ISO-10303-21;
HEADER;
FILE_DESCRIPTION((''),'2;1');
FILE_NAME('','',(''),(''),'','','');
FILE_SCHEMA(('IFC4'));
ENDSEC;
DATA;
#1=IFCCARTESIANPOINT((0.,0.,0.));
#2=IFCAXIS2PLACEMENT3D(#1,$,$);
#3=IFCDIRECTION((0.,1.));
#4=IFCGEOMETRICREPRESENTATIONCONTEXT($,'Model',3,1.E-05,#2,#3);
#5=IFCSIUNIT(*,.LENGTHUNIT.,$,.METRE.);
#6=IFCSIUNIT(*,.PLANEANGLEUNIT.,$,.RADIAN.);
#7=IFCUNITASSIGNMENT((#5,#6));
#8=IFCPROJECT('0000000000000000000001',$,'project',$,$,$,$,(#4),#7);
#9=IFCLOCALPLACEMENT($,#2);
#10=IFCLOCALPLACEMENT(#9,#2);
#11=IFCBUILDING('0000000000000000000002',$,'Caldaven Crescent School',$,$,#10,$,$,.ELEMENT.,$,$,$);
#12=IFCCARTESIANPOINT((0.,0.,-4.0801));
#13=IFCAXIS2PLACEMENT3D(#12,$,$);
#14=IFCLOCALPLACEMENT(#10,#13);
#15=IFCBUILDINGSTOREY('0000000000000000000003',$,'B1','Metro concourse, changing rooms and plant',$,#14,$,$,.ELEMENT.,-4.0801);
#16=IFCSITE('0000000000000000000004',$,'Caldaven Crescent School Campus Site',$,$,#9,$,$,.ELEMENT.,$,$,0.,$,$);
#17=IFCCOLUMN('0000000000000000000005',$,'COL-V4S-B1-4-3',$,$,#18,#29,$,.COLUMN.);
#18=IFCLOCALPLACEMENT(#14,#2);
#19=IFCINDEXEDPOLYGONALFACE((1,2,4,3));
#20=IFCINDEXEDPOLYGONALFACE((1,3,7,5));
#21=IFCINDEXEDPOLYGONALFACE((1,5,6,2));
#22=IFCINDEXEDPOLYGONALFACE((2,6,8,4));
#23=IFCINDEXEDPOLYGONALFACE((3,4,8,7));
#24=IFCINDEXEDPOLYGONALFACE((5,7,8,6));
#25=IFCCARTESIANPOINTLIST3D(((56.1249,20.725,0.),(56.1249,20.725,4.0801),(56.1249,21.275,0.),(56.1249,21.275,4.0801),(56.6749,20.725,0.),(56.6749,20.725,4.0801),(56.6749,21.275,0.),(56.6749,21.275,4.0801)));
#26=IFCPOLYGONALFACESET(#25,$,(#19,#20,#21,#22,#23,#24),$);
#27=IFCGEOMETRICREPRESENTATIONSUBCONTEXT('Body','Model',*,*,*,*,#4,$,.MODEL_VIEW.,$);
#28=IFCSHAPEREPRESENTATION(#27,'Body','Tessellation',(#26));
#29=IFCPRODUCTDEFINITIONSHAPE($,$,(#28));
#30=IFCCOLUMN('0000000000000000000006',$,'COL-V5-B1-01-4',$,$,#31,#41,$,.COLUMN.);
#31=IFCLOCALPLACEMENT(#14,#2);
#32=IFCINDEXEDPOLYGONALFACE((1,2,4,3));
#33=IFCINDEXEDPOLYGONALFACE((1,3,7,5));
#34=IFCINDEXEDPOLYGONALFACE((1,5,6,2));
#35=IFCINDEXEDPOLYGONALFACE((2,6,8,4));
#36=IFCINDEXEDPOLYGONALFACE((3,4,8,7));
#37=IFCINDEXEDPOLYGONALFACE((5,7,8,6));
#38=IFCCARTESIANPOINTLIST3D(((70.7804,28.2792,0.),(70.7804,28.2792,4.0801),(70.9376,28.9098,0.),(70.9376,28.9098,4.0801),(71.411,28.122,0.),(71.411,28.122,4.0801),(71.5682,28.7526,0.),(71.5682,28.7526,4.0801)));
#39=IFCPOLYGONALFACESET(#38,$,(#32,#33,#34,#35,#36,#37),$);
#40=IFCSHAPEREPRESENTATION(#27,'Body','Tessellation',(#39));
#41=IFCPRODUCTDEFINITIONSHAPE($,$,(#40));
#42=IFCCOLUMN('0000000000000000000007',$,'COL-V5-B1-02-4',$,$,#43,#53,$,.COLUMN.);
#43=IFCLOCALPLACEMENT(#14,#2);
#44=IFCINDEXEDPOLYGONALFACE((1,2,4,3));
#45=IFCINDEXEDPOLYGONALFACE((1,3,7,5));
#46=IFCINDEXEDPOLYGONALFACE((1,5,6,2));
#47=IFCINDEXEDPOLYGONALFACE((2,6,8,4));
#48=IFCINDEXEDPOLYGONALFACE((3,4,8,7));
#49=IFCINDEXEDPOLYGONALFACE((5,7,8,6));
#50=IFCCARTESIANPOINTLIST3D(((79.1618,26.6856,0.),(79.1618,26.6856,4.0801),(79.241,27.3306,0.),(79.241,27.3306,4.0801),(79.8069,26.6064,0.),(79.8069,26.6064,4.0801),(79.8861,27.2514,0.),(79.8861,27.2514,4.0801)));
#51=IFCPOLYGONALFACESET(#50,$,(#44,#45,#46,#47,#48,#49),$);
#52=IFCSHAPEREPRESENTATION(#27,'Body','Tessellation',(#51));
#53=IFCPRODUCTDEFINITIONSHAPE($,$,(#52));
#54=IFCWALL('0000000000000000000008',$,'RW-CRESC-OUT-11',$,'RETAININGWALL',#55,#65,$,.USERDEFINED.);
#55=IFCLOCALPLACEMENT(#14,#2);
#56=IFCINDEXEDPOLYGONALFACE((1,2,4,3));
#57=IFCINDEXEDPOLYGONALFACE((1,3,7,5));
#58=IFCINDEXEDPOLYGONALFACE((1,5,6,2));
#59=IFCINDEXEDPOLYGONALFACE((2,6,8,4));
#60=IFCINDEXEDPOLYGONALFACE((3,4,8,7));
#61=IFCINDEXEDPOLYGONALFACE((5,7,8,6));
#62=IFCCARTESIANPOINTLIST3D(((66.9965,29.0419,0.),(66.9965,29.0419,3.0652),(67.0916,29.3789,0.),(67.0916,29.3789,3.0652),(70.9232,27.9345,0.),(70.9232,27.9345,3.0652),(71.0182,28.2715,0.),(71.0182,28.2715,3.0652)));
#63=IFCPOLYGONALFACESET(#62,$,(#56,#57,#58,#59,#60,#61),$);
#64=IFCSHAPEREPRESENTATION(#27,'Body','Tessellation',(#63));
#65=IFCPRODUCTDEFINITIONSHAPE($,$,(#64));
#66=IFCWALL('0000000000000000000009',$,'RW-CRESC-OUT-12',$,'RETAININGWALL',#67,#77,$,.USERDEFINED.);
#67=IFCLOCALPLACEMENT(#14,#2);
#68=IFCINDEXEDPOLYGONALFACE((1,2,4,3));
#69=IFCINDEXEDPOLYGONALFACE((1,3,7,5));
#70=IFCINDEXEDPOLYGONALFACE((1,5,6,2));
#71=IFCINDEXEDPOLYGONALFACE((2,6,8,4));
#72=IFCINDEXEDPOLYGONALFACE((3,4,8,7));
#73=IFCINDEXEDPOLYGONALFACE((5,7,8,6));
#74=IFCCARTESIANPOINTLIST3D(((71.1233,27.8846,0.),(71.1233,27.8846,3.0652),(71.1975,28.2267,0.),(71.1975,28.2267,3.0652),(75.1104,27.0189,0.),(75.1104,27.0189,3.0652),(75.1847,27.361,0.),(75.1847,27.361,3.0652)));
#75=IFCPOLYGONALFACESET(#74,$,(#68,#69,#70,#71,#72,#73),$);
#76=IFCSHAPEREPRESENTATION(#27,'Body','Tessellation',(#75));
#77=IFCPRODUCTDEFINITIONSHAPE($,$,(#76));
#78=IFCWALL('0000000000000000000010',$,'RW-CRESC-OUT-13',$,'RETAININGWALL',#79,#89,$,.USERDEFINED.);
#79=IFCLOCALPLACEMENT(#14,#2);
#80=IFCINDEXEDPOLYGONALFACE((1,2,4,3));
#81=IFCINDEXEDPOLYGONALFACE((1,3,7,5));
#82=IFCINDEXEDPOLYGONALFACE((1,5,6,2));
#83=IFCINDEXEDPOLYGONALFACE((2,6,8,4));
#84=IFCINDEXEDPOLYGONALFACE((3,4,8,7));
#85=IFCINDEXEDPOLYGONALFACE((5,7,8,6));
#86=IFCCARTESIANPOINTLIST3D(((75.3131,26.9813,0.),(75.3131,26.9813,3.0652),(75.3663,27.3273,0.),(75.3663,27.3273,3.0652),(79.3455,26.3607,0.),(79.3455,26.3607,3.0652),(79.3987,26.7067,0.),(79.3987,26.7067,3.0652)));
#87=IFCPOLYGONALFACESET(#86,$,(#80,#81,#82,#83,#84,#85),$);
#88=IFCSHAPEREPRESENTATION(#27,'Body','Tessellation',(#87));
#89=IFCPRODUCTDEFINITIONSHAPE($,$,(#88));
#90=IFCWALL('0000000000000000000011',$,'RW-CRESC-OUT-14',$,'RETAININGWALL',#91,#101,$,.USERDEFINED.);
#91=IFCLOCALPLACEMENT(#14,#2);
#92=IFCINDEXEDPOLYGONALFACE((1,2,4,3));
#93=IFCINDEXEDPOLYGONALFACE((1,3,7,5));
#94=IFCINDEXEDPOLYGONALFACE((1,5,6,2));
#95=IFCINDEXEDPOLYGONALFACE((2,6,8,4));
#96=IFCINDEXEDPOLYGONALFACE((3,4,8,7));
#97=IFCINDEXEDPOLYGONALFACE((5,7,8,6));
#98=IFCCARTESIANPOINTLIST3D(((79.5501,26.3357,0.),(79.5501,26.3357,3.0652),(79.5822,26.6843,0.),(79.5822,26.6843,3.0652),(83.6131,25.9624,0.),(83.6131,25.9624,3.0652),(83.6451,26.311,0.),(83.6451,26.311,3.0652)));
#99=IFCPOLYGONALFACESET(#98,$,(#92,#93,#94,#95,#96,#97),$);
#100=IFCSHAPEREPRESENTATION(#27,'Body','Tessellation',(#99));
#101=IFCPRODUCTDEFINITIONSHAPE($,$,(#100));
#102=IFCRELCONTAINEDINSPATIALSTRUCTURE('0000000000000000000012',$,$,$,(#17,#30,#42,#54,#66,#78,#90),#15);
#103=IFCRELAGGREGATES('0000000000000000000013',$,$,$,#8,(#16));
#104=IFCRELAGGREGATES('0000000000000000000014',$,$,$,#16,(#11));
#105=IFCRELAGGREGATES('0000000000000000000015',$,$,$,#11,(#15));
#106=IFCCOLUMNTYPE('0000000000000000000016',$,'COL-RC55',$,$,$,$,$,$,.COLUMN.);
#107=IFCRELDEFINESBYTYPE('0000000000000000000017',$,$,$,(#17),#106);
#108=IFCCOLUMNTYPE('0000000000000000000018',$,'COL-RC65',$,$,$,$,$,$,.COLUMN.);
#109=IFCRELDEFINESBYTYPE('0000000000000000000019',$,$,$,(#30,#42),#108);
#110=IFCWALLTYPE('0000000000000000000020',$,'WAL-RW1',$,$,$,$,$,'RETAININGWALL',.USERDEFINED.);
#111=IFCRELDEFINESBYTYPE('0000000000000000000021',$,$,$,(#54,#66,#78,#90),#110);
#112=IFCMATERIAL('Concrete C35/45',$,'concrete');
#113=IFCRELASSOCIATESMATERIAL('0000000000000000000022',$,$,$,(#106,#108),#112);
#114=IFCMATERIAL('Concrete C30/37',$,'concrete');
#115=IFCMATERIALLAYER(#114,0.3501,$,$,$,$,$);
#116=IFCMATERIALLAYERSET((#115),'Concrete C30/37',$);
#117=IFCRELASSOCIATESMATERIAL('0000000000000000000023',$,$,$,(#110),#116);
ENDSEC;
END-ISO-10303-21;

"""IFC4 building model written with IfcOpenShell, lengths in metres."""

from ifc_helpers import new_model, si_unit, direction, frame, frame_2d, origin, origin_2d, place, context, subcontext, project, spatial, rectangle, extrude, material, layer, layer_set, material_profile, profile_set, type_object, element, save


model = new_model("IFC4")

# Units and contexts
model_context = context("Model", 3, precision=1e-05, world=origin(), true_north=direction((0.0, 1.0)))
body_context = subcontext(model_context, "Body", "Model", "MODEL_VIEW")
ifc_project = project(units=[si_unit("LENGTHUNIT", "METRE"), si_unit("PLANEANGLEUNIT", "RADIAN")], contexts=[model_context])

# Site, building, storey
site_placement = place(None, origin())
site = spatial("IfcSite", under=ifc_project, at=site_placement, Name="Caldaven Crescent School Campus Site", CompositionType="ELEMENT", RefElevation=0.0)
building_placement = place(site_placement, origin())
building = spatial("IfcBuilding", under=site, at=building_placement, Name="Caldaven Crescent School", CompositionType="ELEMENT")
storey_placement = place(building_placement, frame((0.0, 0.0, -4.0801)))
storey = spatial("IfcBuildingStorey", under=building, at=storey_placement, Name="B1", Description="Metro concourse, changing rooms and plant", CompositionType="ELEMENT", Elevation=-4.0801)

# Shared definitions
ifc_material_1 = material(Name="Concrete C30/37", Category="concrete")
ifc_material_2 = material(Name="Concrete C35/45", Category="concrete")

# Columns
ifc_material_profile_1 = material_profile(ifc_material_2, rectangle(XDim=0.55, YDim=0.55, at=origin_2d()), Name="RC 550x550")
ifc_profile_set_1 = profile_set([ifc_material_profile_1], Name="Concrete C35/45")
column_type_1 = type_object("IfcColumnType", Name="COL-RC55", PredefinedType="COLUMN", material=ifc_profile_set_1)
for number, where, z_axis, x_axis, name in (
    (1, (56.3999, 21.0, 0.0), (0.0, 0.0, 1.0), (1.0, 0.0, 0.0), "COL-V4S-B1-4-3"),
):
    element("IfcColumn", number, at=place(storey_placement, frame(where, z_axis=z_axis, x_axis=x_axis)), inside=storey, type_object=column_type_1, Name=name, PredefinedType="COLUMN", context=body_context, shape_type="SweptSolid", body=[
        extrude(rectangle(XDim=0.55, YDim=0.55, at=origin_2d()), origin(), (0.0, 0.0, 1.0), 4.0801),
    ])
ifc_material_profile_2 = material_profile(ifc_material_2, rectangle(XDim=0.6499, YDim=0.6499, at=origin_2d()), Name="RC 650x650")
ifc_profile_set_2 = profile_set([ifc_material_profile_2], Name="Concrete C35/45")
column_type_2 = type_object("IfcColumnType", Name="COL-RC65", PredefinedType="COLUMN", material=ifc_profile_set_2)
for number, where, z_axis, x_axis, name in (
    (2, (71.1743, 28.5159, 0.0), (0.0, 0.0, 1.0), (-0.241922, -0.970296, 0.0), "COL-V5-B1-01-4"),
    (3, (79.5239, 26.9685, 0.0), (0.0, 0.0, 1.0), (-0.121869, -0.992546, 0.0), "COL-V5-B1-02-4"),
):
    element("IfcColumn", number, at=place(storey_placement, frame(where, z_axis=z_axis, x_axis=x_axis)), inside=storey, type_object=column_type_2, Name=name, PredefinedType="COLUMN", context=body_context, shape_type="SweptSolid", body=[
        extrude(rectangle(XDim=0.6499, YDim=0.6499, at=origin_2d()), origin(), (0.0, 0.0, 1.0), 4.0801),
    ])

# Walls
ifc_layer = layer(ifc_material_1, 0.3501)
ifc_layer_set = layer_set([ifc_layer], Name="Concrete C30/37")
wall_type = type_object("IfcWallType", Name="WAL-RW1", ElementType="RETAININGWALL", PredefinedType="USERDEFINED", material=ifc_layer_set)
wall_1_placement = place(storey_placement, frame((67.0439, 29.2104, 0.0), z_axis=(0.0, 0.0, 1.0), x_axis=(0.962458, -0.271432, 0.0)))
element("IfcWall", 4, at=wall_1_placement, inside=storey, type_object=wall_type, Name="RW-CRESC-OUT-11", ObjectType="RETAININGWALL", PredefinedType="USERDEFINED", context=body_context, shape_type="SweptSolid", body=[
    extrude(rectangle(XDim=4.0798, YDim=0.3501, at=frame_2d((2.04, 0.0))), origin(), (0.0, 0.0, 1.0), 3.0652),
])
wall_2_placement = place(storey_placement, frame((71.1604, 28.0557, 0.0), z_axis=(0.0, 0.0, 1.0), x_axis=(0.977229, -0.212189, 0.0)))
element("IfcWall", 5, at=wall_2_placement, inside=storey, type_object=wall_type, Name="RW-CRESC-OUT-12", ObjectType="RETAININGWALL", PredefinedType="USERDEFINED", context=body_context, shape_type="SweptSolid", body=[
    extrude(rectangle(XDim=4.0801, YDim=0.3501, at=frame_2d((2.04, 0.0))), origin(), (0.0, 0.0, 1.0), 3.0652),
])
wall_3_placement = place(storey_placement, frame((75.3396, 27.1543, 0.0), z_axis=(0.0, 0.0, 1.0), x_axis=(0.988363, -0.152111, 0.0)))
element("IfcWall", 6, at=wall_3_placement, inside=storey, type_object=wall_type, Name="RW-CRESC-OUT-13", ObjectType="RETAININGWALL", PredefinedType="USERDEFINED", context=body_context, shape_type="SweptSolid", body=[
    extrude(rectangle(XDim=4.0798, YDim=0.3501, at=frame_2d((2.04, 0.0))), origin(), (0.0, 0.0, 1.0), 3.0652),
])
wall_4_placement = place(storey_placement, frame((79.5662, 26.51, 0.0), z_axis=(0.0, 0.0, 1.0), x_axis=(0.995806, -0.091491, 0.0)))
element("IfcWall", 7, at=wall_4_placement, inside=storey, type_object=wall_type, Name="RW-CRESC-OUT-14", ObjectType="RETAININGWALL", PredefinedType="USERDEFINED", context=body_context, shape_type="SweptSolid", body=[
    extrude(rectangle(XDim=4.0801, YDim=0.3501, at=frame_2d((2.04, 0.0))), origin(), (0.0, 0.0, 1.0), 3.0652),
])

save(model, "model.ifc")
